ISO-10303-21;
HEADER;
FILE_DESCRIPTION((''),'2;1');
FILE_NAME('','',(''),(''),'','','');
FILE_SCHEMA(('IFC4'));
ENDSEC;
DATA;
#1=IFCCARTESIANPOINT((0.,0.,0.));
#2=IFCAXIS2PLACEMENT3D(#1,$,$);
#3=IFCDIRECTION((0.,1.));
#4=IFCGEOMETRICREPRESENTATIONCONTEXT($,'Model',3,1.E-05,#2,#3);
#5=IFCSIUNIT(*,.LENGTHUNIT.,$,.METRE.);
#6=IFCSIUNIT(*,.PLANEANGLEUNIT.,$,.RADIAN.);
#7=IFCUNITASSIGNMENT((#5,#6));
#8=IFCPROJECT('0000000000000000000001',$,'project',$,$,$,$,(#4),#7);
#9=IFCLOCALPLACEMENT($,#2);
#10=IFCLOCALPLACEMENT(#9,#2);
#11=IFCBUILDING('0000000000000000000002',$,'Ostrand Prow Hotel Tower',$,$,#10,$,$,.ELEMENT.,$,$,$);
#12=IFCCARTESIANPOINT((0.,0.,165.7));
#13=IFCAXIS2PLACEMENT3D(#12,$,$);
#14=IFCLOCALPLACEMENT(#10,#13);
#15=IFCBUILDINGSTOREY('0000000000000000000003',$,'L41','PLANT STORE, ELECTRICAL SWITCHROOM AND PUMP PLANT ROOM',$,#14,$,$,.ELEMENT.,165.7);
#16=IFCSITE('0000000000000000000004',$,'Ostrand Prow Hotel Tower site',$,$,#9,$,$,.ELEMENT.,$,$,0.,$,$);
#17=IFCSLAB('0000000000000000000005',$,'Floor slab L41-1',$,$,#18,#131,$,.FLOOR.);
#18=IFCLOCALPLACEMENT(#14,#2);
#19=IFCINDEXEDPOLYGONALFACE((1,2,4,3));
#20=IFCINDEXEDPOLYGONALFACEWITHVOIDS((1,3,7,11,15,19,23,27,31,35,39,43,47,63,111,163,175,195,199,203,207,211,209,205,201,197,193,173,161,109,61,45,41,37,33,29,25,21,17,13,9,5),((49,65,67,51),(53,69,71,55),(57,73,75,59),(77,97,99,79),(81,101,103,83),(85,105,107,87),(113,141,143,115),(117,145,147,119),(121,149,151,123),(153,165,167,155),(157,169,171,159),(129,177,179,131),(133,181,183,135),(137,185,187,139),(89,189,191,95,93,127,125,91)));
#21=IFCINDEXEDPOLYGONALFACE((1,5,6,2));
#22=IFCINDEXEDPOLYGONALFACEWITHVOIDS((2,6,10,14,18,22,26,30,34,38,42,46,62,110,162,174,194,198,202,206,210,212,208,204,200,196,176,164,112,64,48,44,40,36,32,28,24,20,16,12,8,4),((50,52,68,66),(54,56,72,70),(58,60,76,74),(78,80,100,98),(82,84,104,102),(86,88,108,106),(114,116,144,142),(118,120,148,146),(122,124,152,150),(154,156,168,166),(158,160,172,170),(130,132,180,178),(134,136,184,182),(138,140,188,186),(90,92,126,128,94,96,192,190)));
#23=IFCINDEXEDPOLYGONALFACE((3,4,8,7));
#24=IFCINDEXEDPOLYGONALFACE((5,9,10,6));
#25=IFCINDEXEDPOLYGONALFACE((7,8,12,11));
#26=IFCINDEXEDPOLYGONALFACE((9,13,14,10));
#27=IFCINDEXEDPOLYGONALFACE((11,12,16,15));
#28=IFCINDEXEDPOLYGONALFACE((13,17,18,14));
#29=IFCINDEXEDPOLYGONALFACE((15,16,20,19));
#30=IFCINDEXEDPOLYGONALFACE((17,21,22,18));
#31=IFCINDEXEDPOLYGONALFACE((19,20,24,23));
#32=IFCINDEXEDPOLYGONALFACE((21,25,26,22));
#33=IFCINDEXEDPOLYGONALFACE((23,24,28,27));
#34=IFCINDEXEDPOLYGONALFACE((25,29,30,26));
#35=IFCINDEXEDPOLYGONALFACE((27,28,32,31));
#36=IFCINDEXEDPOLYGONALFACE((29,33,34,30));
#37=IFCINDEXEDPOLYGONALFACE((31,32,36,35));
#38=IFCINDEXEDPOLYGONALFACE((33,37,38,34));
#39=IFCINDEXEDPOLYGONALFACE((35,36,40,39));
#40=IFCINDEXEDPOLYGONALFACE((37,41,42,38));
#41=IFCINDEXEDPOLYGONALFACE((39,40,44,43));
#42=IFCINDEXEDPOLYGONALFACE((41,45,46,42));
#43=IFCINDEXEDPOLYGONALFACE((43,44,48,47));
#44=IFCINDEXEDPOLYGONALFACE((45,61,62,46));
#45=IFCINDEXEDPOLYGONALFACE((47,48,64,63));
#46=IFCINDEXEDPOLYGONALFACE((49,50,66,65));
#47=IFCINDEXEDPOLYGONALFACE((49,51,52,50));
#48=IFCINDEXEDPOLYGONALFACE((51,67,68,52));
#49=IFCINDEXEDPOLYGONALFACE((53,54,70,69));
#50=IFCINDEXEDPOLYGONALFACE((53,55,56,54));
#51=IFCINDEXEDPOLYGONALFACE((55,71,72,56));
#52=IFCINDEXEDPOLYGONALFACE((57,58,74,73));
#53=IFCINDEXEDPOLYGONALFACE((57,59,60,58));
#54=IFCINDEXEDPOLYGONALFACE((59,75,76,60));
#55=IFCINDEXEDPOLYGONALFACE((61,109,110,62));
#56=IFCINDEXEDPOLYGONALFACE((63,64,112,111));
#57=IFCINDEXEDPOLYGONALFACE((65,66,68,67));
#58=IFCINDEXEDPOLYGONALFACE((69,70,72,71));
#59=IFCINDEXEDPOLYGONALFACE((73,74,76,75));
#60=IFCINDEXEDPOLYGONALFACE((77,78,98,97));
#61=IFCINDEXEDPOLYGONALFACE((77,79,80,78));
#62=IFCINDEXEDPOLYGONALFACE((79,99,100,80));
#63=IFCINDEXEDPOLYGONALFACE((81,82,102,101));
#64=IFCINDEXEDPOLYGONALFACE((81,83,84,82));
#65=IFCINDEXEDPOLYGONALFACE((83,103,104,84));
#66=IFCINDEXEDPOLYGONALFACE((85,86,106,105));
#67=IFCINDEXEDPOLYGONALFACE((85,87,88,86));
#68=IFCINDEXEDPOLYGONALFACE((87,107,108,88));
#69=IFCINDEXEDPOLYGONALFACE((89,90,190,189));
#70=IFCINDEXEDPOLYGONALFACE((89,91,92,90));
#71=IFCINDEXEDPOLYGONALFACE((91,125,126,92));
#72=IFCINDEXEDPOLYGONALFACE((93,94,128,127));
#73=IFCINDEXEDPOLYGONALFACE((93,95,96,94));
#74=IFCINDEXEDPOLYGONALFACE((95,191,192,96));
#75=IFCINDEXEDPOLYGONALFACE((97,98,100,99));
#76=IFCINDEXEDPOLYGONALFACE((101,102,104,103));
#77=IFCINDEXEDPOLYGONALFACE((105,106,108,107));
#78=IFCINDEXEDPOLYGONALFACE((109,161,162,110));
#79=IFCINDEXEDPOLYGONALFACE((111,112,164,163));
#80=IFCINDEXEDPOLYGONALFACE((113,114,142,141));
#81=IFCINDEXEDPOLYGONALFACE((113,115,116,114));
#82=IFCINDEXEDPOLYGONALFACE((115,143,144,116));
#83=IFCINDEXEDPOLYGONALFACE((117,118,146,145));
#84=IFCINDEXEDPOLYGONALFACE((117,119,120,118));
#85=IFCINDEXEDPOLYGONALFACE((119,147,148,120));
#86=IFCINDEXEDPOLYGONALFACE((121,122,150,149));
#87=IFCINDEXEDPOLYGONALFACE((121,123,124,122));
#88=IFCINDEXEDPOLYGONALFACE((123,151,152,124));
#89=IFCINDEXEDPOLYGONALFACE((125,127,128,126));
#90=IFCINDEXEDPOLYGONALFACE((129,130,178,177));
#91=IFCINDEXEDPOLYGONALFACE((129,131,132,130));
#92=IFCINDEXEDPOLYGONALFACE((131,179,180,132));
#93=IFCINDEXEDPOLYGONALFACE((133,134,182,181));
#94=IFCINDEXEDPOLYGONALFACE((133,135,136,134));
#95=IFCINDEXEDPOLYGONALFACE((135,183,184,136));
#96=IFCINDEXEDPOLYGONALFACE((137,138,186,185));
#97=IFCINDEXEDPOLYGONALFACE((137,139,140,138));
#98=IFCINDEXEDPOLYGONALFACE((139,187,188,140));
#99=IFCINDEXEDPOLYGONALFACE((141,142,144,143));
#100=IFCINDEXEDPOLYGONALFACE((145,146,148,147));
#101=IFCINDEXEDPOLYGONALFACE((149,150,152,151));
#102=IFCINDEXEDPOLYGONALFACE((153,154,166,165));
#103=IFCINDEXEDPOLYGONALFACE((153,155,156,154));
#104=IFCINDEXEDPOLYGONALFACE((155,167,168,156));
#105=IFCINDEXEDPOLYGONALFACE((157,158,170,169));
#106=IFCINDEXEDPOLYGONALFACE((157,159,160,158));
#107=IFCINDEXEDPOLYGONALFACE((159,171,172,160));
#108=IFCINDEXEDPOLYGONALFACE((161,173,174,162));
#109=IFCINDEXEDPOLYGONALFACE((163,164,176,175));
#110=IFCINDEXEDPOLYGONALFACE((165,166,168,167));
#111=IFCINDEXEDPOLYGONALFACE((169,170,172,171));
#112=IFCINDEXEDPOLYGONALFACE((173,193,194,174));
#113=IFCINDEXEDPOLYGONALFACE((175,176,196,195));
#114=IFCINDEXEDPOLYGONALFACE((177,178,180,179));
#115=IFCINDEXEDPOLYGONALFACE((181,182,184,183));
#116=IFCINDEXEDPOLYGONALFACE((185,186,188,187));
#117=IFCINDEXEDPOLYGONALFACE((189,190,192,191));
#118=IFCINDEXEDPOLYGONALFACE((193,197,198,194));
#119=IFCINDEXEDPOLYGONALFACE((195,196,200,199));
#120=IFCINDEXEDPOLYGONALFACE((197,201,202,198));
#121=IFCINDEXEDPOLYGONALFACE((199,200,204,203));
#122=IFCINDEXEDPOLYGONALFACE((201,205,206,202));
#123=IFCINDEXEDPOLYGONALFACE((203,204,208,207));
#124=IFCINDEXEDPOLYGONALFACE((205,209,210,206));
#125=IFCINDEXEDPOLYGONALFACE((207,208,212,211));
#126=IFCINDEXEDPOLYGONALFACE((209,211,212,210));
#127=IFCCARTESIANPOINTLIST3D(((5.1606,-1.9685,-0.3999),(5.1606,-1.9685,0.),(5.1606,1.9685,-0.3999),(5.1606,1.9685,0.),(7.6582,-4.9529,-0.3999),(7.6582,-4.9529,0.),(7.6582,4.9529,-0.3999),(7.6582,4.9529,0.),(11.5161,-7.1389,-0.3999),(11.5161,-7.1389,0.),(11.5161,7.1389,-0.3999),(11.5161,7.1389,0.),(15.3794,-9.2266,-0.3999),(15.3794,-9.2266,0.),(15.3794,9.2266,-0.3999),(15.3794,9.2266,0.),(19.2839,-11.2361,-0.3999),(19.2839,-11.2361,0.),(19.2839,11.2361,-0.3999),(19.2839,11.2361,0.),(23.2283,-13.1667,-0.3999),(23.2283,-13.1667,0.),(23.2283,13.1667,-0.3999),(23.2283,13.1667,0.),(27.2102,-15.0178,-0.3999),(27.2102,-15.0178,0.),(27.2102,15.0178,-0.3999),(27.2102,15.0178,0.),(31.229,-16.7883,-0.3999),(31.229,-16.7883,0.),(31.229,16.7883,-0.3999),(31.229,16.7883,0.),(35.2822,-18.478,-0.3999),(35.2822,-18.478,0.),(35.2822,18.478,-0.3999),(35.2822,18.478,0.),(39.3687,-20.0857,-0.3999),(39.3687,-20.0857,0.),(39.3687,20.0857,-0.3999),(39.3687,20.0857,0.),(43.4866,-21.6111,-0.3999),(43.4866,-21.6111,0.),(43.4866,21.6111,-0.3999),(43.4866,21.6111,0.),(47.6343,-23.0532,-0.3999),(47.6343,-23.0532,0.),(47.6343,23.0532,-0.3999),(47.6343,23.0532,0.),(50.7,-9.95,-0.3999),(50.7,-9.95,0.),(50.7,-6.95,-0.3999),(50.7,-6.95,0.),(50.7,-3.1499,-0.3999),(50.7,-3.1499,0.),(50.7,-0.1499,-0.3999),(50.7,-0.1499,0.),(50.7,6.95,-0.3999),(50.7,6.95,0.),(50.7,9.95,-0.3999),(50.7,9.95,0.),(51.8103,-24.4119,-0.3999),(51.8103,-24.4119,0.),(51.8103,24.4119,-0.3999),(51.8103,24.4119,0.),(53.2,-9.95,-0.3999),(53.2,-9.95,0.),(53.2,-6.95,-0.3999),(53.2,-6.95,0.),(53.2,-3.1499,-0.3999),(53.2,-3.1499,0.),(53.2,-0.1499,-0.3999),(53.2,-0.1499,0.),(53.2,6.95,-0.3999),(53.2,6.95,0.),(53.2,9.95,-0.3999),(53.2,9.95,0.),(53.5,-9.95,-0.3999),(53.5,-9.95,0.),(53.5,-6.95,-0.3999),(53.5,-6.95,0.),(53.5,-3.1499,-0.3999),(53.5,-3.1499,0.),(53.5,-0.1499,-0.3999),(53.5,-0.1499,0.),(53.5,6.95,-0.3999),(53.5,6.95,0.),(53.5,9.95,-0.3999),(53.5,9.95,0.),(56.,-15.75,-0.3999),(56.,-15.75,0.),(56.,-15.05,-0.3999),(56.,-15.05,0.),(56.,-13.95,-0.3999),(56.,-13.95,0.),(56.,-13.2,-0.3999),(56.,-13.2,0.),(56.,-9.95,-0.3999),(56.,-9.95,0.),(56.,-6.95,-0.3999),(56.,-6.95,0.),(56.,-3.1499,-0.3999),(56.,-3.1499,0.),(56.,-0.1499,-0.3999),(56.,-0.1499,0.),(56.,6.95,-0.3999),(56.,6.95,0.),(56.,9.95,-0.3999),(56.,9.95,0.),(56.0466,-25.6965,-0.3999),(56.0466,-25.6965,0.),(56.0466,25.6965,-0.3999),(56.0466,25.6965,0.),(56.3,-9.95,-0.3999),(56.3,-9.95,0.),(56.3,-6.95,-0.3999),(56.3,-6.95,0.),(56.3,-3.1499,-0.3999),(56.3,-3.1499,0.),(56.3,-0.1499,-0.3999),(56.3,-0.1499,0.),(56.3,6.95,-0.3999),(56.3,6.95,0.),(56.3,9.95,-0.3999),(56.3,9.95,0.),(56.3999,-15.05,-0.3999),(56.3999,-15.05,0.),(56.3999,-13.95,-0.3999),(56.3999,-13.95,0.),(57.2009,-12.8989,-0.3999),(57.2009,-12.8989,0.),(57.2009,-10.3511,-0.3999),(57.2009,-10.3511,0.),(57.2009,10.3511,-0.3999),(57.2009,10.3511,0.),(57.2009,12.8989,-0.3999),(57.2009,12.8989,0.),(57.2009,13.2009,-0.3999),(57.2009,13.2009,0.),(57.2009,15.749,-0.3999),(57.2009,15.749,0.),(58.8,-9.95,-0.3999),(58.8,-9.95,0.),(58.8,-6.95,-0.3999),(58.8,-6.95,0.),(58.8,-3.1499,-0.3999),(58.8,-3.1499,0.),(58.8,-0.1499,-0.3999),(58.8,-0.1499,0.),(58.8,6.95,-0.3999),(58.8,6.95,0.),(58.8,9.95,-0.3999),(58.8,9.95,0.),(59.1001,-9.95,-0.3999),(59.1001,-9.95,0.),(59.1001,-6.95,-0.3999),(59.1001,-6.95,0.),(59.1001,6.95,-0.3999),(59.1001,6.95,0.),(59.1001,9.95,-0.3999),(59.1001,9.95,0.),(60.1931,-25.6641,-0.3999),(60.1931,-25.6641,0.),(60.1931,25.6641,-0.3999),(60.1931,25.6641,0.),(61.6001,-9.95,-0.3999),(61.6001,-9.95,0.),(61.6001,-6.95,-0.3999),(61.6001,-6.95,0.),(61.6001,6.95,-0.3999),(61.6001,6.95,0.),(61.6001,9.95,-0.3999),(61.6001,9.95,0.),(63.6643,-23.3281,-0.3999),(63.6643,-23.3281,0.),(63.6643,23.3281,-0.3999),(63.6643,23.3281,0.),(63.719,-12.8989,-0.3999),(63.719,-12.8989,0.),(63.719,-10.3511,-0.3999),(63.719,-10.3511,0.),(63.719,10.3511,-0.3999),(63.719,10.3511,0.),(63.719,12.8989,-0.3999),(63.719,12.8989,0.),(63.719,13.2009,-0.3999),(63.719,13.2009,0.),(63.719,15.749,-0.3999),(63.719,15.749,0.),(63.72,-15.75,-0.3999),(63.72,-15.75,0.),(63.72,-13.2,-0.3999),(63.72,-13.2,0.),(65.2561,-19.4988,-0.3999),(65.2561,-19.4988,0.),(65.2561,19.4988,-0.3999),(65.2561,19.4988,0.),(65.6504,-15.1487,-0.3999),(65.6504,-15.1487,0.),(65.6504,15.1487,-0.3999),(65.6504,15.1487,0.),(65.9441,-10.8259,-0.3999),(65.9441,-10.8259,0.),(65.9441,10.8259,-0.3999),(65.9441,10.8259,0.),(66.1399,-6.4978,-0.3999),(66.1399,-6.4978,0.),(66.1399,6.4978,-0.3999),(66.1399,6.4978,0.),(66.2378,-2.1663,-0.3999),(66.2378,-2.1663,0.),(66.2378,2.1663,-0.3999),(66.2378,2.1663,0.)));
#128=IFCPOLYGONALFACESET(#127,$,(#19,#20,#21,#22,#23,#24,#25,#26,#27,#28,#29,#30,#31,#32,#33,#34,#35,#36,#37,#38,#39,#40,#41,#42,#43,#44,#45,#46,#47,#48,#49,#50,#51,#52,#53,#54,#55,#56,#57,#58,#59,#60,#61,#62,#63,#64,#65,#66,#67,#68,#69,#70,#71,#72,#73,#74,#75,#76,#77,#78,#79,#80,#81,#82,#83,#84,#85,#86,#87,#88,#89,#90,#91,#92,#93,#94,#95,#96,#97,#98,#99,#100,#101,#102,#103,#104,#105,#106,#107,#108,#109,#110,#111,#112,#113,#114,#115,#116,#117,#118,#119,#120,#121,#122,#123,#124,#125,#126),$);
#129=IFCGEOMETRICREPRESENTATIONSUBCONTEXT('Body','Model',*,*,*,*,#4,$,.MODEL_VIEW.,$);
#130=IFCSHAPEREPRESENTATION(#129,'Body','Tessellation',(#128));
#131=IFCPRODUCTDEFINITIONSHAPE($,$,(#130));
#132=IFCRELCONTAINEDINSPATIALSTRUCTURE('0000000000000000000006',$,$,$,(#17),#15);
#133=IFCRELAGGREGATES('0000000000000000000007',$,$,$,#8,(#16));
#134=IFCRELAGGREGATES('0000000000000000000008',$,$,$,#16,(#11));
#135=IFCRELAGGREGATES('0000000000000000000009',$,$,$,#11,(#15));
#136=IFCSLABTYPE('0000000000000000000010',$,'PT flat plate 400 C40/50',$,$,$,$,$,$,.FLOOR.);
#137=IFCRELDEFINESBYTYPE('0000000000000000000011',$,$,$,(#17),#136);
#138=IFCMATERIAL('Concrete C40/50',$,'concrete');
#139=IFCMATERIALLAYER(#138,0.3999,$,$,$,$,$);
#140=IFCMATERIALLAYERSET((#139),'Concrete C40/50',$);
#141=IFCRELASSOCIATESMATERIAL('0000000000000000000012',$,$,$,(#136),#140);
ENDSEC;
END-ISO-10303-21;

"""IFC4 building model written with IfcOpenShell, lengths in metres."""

from ifc_helpers import new_model, si_unit, direction, frame, origin, place, context, subcontext, project, spatial, polyline, outline, extrude, material, layer, layer_set, type_object, element, save


model = new_model("IFC4")

# Units and contexts
model_context = context("Model", 3, precision=1e-05, world=origin(), true_north=direction((0.0, 1.0)))
body_context = subcontext(model_context, "Body", "Model", "MODEL_VIEW")
ifc_project = project(units=[si_unit("LENGTHUNIT", "METRE"), si_unit("PLANEANGLEUNIT", "RADIAN")], contexts=[model_context])

# Site, building, storey
site_placement = place(None, origin())
site = spatial("IfcSite", under=ifc_project, at=site_placement, Name="Ostrand Prow Hotel Tower site", CompositionType="ELEMENT", RefElevation=0.0)
building_placement = place(site_placement, origin())
building = spatial("IfcBuilding", under=site, at=building_placement, Name="Ostrand Prow Hotel Tower", CompositionType="ELEMENT")
storey_placement = place(building_placement, frame((0.0, 0.0, 165.7)))
storey = spatial("IfcBuildingStorey", under=building, at=storey_placement, Name="L41", Description="PLANT STORE, ELECTRICAL SWITCHROOM AND PUMP PLANT ROOM", CompositionType="ELEMENT", Elevation=165.7)

# Slab, opening
ifc_material_1 = material(Name="Concrete C40/50", Category="concrete")
ifc_layer_1 = layer(ifc_material_1, 0.3999)
ifc_layer_set_1 = layer_set([ifc_layer_1], Name="Concrete C40/50")
slab_type = type_object("IfcSlabType", Name="PT flat plate 400 C40/50", PredefinedType="FLOOR", material=ifc_layer_set_1)
slab_placement = place(storey_placement, frame((0.0, 0.0, -0.3999)))
slab = element("IfcSlab", 1, at=slab_placement, inside=storey, type_object=slab_type, Name="Floor slab L41-1", PredefinedType="FLOOR", context=body_context, shape_type="SweptSolid", body=[
    extrude(outline(polyline([(7.6582, 4.9529), (11.5161, 7.1389), (15.3794, 9.2266), (19.2839, 11.2361), (23.2283, 13.1667), (27.2102, 15.0178), (31.229, 16.7883), (35.2822, 18.478), (39.3687, 20.0857), (43.4866, 21.6111), (47.6343, 23.0532), (51.8103, 24.4119), (56.0466, 25.6965), (60.1931, 25.6641), (63.6643, 23.3281), (65.2561, 19.4988), (65.6504, 15.1487), (65.9441, 10.8259), (66.1399, 6.4978), (66.2378, 2.1663), (66.2378, -2.1663), (66.1399, -6.4978), (65.9441, -10.8259), (65.6504, -15.1487), (65.2561, -19.4988), (63.6643, -23.3281), (60.1931, -25.6641), (56.0466, -25.6965), (51.8103, -24.4119), (47.6343, -23.0532), (43.4866, -21.6111), (39.3687, -20.0857), (35.2822, -18.478), (31.229, -16.7883), (27.2102, -15.0178), (23.2283, -13.1667), (19.2839, -11.2361), (15.3794, -9.2266), (11.5161, -7.1389), (7.6582, -4.9529), (5.1606, -1.9685), (5.1606, 1.9685), (7.6582, 4.9529)]), holes=[polyline([(50.7, 6.95), (53.2, 6.95), (53.2, 9.95), (50.7, 9.95), (50.7, 6.95)]), polyline([(53.5, 6.95), (56.0, 6.95), (56.0, 9.95), (53.5, 9.95), (53.5, 6.95)]), polyline([(56.3, 6.95), (58.8, 6.95), (58.8, 9.95), (56.3, 9.95), (56.3, 6.95)]), polyline([(59.1001, 6.95), (61.6001, 6.95), (61.6001, 9.95), (59.1001, 9.95), (59.1001, 6.95)]), polyline([(50.7, -3.1499), (53.2, -3.1499), (53.2, -0.1499), (50.7, -0.1499), (50.7, -3.1499)]), polyline([(53.5, -3.1499), (56.0, -3.1499), (56.0, -0.1499), (53.5, -0.1499), (53.5, -3.1499)]), polyline([(56.3, -3.1499), (58.8, -3.1499), (58.8, -0.1499), (56.3, -0.1499), (56.3, -3.1499)]), polyline([(50.7, -9.95), (53.2, -9.95), (53.2, -6.95), (50.7, -6.95), (50.7, -9.95)]), polyline([(53.5, -9.95), (56.0, -9.95), (56.0, -6.95), (53.5, -6.95), (53.5, -9.95)]), polyline([(56.3, -9.95), (58.8, -9.95), (58.8, -6.95), (56.3, -6.95), (56.3, -9.95)]), polyline([(59.1001, -9.95), (61.6001, -9.95), (61.6001, -6.95), (59.1001, -6.95), (59.1001, -9.95)]), polyline([(57.2009, 10.3511), (57.2009, 12.8989), (63.719, 12.8989), (63.719, 10.3511), (57.2009, 10.3511)]), polyline([(57.2009, 13.2009), (57.2009, 15.749), (63.719, 15.749), (63.719, 13.2009), (57.2009, 13.2009)]), polyline([(57.2009, -12.8989), (57.2009, -10.3511), (63.719, -10.3511), (63.719, -12.8989), (57.2009, -12.8989)]), polyline([(56.0, -13.2), (63.72, -13.2), (63.72, -15.75), (56.0, -15.75), (56.0, -15.05), (56.3999, -15.05), (56.3999, -13.95), (56.0, -13.95), (56.0, -13.2)])]), origin(), (0.0, 0.0, 1.0), 0.3999),
])
opening_placement = place(slab_placement, origin())
element("IfcOpeningElement", 2, at=opening_placement, cuts=slab, PredefinedType="OPENING", context=body_context, shape_type="SweptSolid", body=[
    extrude(outline(polyline([(56.0, -13.2), (63.72, -13.2), (63.72, -15.75), (56.0, -15.75), (56.0, -15.05), (56.3999, -15.05), (56.3999, -13.95), (56.0, -13.95), (56.0, -13.2)])), origin(), (0.0, 0.0, 1.0), 0.3999),
])

save(model, "model.ifc")
